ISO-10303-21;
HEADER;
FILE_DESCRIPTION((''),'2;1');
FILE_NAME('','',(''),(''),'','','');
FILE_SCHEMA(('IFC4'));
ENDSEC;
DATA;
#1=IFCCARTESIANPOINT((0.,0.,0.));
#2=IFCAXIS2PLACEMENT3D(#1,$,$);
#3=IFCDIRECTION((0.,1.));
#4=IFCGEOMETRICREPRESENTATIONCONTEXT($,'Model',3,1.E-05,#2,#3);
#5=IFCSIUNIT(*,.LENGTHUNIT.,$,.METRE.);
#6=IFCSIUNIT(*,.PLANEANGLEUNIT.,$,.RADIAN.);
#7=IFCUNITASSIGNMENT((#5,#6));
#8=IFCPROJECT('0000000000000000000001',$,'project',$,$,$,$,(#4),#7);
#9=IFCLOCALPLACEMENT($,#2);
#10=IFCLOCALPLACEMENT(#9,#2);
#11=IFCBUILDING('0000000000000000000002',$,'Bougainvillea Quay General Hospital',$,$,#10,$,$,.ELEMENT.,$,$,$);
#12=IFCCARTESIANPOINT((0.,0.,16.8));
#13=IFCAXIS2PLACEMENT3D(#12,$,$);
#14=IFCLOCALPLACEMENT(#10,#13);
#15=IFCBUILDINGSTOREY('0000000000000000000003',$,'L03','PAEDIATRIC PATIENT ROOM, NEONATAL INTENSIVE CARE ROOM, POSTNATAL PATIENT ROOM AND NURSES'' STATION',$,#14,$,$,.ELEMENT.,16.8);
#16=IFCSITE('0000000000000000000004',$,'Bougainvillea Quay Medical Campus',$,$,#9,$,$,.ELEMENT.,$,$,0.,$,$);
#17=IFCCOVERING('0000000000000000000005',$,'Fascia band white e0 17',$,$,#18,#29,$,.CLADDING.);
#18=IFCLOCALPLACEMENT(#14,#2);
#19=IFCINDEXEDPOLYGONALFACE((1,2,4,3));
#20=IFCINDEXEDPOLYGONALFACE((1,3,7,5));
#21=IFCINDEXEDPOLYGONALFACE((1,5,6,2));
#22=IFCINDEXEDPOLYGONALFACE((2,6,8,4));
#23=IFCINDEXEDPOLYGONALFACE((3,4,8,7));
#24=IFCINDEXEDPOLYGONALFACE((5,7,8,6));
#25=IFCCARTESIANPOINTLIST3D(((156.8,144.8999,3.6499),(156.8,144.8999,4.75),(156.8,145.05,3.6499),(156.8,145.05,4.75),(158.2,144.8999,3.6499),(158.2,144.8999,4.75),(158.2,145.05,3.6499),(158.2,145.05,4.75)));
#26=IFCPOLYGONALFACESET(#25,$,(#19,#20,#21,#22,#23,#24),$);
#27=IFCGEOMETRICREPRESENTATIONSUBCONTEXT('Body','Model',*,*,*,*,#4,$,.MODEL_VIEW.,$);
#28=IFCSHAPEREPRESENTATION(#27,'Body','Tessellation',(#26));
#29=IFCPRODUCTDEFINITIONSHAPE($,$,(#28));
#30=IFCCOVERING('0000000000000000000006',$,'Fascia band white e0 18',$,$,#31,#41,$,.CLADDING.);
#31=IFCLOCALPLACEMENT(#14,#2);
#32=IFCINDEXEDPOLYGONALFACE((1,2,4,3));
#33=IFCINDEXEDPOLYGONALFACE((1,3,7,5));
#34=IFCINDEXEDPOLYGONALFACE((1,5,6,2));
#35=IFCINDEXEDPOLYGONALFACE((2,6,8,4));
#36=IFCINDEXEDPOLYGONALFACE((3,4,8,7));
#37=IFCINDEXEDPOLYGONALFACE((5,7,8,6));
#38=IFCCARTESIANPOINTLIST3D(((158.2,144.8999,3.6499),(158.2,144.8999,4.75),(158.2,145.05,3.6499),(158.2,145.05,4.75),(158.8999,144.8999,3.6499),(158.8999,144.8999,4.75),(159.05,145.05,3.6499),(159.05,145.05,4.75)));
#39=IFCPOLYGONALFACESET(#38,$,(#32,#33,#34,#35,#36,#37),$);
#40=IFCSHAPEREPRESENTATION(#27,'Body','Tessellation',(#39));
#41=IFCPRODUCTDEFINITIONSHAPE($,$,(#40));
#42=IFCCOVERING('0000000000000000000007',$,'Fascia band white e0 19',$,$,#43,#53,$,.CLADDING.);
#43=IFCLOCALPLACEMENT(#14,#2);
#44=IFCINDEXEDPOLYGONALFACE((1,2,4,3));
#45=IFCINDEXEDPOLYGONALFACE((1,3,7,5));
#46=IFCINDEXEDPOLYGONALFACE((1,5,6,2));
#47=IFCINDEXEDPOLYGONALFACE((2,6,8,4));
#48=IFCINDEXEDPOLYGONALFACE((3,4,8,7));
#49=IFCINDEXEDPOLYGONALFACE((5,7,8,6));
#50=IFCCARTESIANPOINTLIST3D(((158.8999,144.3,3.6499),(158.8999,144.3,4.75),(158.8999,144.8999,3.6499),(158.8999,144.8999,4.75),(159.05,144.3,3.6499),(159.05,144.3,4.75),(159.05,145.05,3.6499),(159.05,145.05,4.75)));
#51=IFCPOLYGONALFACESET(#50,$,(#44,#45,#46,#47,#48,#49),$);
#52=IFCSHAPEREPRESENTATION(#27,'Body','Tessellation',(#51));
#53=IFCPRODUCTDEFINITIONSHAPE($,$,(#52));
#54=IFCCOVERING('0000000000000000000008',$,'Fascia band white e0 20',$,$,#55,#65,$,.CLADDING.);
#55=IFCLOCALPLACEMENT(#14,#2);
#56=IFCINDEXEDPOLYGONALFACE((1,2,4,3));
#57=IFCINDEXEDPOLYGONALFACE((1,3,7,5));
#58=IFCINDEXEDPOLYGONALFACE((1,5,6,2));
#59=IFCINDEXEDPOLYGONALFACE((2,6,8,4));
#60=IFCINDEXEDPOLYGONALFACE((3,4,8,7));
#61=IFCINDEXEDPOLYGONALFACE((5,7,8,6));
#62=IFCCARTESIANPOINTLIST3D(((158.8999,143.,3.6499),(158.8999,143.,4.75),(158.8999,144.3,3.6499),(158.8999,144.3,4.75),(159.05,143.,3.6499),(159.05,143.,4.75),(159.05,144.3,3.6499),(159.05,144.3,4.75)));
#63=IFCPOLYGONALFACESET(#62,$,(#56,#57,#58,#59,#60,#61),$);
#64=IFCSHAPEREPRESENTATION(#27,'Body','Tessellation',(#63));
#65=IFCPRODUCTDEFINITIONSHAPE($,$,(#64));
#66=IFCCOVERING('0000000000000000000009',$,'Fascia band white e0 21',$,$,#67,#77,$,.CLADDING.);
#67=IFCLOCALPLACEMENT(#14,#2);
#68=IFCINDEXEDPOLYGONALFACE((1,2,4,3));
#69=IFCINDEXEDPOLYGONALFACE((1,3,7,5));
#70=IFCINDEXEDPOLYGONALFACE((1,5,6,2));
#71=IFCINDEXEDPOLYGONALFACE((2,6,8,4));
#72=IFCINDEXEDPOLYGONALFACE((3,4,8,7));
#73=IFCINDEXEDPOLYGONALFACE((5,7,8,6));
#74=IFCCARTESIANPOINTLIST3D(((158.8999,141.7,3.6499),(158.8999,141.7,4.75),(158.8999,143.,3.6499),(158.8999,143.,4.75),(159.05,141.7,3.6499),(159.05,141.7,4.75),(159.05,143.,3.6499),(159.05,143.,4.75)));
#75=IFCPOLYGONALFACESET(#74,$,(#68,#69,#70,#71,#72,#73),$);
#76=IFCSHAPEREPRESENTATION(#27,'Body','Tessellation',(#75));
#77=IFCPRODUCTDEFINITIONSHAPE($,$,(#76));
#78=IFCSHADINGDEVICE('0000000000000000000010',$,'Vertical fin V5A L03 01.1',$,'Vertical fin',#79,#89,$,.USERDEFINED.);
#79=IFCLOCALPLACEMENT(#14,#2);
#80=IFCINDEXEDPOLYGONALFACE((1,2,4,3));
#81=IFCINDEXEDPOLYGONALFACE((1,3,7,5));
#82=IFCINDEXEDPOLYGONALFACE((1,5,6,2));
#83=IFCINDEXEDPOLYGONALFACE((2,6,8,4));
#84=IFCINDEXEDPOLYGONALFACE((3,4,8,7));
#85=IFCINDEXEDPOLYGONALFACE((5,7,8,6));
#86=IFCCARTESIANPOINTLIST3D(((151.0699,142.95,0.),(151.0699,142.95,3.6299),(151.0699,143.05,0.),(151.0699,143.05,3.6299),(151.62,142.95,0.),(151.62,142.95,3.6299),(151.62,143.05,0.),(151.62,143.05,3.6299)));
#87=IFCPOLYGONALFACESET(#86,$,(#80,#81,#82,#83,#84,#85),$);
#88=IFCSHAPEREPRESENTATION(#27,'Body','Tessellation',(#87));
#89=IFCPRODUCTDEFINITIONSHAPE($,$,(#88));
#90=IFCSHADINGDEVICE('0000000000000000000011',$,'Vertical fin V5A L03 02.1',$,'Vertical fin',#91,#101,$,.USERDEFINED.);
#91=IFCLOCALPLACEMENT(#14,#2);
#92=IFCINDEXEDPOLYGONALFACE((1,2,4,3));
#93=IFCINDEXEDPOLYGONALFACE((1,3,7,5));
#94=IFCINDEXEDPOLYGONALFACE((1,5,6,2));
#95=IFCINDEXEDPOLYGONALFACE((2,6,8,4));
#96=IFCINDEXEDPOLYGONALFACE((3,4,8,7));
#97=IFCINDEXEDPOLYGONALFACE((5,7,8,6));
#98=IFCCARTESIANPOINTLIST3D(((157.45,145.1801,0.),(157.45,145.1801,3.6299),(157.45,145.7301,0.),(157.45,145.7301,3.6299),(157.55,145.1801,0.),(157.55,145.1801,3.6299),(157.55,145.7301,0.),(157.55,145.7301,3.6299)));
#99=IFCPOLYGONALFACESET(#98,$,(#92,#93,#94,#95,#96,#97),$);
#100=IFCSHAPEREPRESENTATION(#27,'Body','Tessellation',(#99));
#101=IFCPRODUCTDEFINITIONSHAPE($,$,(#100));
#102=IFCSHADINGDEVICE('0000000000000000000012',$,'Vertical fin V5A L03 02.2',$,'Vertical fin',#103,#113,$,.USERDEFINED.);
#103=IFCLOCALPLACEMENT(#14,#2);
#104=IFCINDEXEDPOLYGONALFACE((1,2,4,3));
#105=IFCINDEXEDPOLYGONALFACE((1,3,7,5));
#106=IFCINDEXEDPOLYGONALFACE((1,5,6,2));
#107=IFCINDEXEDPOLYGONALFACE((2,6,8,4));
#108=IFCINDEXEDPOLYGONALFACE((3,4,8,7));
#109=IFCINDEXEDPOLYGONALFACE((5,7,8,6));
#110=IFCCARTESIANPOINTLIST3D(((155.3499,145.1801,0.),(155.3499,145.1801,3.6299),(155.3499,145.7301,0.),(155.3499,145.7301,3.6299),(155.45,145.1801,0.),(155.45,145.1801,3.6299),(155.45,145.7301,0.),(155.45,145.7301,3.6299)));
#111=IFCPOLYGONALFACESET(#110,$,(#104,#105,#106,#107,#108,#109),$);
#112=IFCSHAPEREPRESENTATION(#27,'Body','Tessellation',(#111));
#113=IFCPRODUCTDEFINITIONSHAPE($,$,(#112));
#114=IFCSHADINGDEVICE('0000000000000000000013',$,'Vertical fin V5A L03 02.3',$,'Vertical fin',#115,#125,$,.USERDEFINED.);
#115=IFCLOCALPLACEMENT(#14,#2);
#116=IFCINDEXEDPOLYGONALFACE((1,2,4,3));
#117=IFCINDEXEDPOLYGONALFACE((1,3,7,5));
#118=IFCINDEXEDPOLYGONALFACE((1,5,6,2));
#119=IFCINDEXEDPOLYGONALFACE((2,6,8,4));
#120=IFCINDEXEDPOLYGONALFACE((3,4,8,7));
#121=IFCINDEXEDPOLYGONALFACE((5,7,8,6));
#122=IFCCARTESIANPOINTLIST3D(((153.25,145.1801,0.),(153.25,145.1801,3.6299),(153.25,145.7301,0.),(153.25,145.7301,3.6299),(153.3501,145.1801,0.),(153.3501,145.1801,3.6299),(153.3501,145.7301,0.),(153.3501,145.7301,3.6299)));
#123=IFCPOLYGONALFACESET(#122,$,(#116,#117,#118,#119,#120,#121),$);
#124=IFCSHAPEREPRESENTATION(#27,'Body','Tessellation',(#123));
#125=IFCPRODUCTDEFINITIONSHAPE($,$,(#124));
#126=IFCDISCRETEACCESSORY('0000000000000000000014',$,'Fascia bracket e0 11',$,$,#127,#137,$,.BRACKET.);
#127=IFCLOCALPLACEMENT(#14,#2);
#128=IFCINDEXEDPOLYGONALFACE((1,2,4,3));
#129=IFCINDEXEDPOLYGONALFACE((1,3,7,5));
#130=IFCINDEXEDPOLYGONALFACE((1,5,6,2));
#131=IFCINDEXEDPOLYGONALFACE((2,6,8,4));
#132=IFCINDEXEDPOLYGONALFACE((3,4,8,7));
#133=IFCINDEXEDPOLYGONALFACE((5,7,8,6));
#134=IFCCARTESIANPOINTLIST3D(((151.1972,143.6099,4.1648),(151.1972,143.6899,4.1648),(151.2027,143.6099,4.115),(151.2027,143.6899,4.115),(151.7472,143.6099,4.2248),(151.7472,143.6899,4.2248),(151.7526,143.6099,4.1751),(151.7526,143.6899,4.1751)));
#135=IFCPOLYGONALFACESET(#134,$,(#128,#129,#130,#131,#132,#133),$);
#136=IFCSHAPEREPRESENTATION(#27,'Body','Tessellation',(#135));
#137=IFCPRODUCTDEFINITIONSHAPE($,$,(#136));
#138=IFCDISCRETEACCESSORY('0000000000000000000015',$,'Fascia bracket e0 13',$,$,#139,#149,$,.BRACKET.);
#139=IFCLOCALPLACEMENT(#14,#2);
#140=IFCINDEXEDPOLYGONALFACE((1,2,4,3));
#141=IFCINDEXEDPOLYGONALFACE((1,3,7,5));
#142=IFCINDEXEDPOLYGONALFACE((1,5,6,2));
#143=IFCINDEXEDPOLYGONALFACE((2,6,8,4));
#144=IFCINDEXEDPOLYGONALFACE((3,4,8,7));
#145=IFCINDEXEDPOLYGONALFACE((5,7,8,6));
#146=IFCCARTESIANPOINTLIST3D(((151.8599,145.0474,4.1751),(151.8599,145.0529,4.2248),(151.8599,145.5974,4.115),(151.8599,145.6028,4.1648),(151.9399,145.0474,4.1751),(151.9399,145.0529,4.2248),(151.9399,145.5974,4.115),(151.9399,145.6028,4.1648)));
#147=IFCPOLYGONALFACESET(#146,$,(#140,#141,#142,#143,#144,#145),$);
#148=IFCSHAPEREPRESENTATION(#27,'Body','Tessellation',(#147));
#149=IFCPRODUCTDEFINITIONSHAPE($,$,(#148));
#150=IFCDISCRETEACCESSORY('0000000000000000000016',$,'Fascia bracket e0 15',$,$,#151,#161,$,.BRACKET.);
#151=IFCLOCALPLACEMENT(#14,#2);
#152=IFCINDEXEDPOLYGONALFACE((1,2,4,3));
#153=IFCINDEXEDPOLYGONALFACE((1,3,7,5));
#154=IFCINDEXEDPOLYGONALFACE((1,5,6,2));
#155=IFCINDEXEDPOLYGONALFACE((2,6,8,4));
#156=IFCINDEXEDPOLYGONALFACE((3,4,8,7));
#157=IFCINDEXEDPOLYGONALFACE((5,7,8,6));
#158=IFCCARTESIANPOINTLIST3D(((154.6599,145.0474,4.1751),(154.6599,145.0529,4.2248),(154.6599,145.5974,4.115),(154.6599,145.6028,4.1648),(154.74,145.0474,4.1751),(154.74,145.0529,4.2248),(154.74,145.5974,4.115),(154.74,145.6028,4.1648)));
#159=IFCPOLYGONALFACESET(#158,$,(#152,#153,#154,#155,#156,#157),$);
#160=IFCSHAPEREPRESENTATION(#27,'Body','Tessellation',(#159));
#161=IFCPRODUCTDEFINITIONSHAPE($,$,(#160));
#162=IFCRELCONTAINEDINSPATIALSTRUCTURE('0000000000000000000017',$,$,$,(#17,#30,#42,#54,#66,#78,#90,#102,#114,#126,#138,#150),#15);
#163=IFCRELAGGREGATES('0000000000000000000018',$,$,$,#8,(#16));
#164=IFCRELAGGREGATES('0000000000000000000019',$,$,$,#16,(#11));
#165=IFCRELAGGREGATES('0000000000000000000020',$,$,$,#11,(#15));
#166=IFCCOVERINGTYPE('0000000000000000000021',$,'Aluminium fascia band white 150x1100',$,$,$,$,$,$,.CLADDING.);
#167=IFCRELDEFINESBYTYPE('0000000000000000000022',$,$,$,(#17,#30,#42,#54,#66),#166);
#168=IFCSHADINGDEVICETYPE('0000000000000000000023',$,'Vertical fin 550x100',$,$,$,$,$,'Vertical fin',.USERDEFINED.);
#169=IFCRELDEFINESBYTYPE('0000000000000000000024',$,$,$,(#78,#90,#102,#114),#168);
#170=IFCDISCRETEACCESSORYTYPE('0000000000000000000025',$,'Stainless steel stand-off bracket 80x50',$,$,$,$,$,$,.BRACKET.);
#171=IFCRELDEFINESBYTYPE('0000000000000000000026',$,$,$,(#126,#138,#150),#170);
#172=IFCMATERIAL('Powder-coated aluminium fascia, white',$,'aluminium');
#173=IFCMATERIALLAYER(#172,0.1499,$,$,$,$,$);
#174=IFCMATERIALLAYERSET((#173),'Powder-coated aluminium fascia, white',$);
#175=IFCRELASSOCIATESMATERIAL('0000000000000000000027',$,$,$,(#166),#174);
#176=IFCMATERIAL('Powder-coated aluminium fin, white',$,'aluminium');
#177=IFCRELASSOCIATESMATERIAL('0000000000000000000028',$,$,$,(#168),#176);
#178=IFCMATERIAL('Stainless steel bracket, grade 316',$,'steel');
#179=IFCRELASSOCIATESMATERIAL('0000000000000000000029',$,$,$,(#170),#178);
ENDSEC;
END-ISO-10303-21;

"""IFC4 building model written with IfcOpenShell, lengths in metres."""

from ifc_helpers import new_model, si_unit, direction, frame, origin, origin_2d, place, context, subcontext, project, spatial, polyline, rectangle, outline, extrude, material, layer, layer_set, material_profile, profile_set, type_object, element, save


model = new_model("IFC4")

# Units and contexts
model_context = context("Model", 3, precision=1e-05, world=origin(), true_north=direction((0.0, 1.0)))
body_context = subcontext(model_context, "Body", "Model", "MODEL_VIEW")
ifc_project = project(units=[si_unit("LENGTHUNIT", "METRE"), si_unit("PLANEANGLEUNIT", "RADIAN")], contexts=[model_context])

# Site, building, storey
site_placement = place(None, origin())
site = spatial("IfcSite", under=ifc_project, at=site_placement, Name="Bougainvillea Quay Medical Campus", CompositionType="ELEMENT", RefElevation=0.0)
building_placement = place(site_placement, origin())
building = spatial("IfcBuilding", under=site, at=building_placement, Name="Bougainvillea Quay General Hospital", CompositionType="ELEMENT")
storey_placement = place(building_placement, frame((0.0, 0.0, 16.8)))
storey = spatial("IfcBuildingStorey", under=building, at=storey_placement, Name="L03", Description="PAEDIATRIC PATIENT ROOM, NEONATAL INTENSIVE CARE ROOM, POSTNATAL PATIENT ROOM AND NURSES' STATION", CompositionType="ELEMENT", Elevation=16.8)

# Coverings
ifc_material_1 = material(Name="Powder-coated aluminium fascia, white", Category="aluminium")
ifc_layer_1 = layer(ifc_material_1, 0.1499)
ifc_layer_set_1 = layer_set([ifc_layer_1], Name="Powder-coated aluminium fascia, white")
covering_type = type_object("IfcCoveringType", Name="Aluminium fascia band white 150x1100", PredefinedType="CLADDING", material=ifc_layer_set_1)
covering_1_placement = place(storey_placement, frame((156.8, 145.05, 3.6499), z_axis=(0.0, 0.0, 1.0), x_axis=(1.0, 0.0, 0.0)))
element("IfcCovering", 1, at=covering_1_placement, inside=storey, type_object=covering_type, Name="Fascia band white e0 17", PredefinedType="CLADDING", context=body_context, shape_type="SweptSolid", body=[
    extrude(outline(polyline([(0.0, 0.0), (1.3999, 0.0), (1.3999, -0.1501), (0.0, -0.1501), (0.0, 0.0)])), origin(), (0.0, 0.0, 1.0), 1.1001),
])
covering_2_placement = place(storey_placement, frame((158.2, 145.05, 3.6499), z_axis=(0.0, 0.0, 1.0), x_axis=(1.0, 0.0, 0.0)))
element("IfcCovering", 2, at=covering_2_placement, inside=storey, type_object=covering_type, Name="Fascia band white e0 18", PredefinedType="CLADDING", context=body_context, shape_type="SweptSolid", body=[
    extrude(outline(polyline([(0.0, 0.0), (0.8501, 0.0), (0.7, -0.1501), (0.0, -0.1501), (0.0, 0.0)])), origin(), (0.0, 0.0, 1.0), 1.1001),
])
covering_3_placement = place(storey_placement, frame((159.05, 145.05, 3.6499), z_axis=(0.0, 0.0, 1.0), x_axis=(0.0, -1.0, 0.0)))
element("IfcCovering", 3, at=covering_3_placement, inside=storey, type_object=covering_type, Name="Fascia band white e0 19", PredefinedType="CLADDING", context=body_context, shape_type="SweptSolid", body=[
    extrude(outline(polyline([(0.0, 0.0), (0.75, 0.0), (0.75, -0.1501), (0.1501, -0.1501), (0.0, 0.0)])), origin(), (0.0, 0.0, 1.0), 1.1001),
])
for number, where, z_axis, x_axis, name in (
    (4, (159.05, 144.3, 3.6499), (0.0, 0.0, 1.0), (0.0, -1.0, 0.0), "Fascia band white e0 20"),
    (5, (159.05, 143.0, 3.6499), (0.0, 0.0, 1.0), (0.0, -1.0, 0.0), "Fascia band white e0 21"),
):
    element("IfcCovering", number, at=place(storey_placement, frame(where, z_axis=z_axis, x_axis=x_axis)), inside=storey, type_object=covering_type, Name=name, PredefinedType="CLADDING", context=body_context, shape_type="SweptSolid", body=[
        extrude(outline(polyline([(0.0, 0.0), (1.3, 0.0), (1.3, -0.1501), (0.0, -0.1501), (0.0, 0.0)])), origin(), (0.0, 0.0, 1.0), 1.1001),
    ])

# Shading devices
ifc_material_2 = material(Name="Powder-coated aluminium fin, white", Category="aluminium")
ifc_material_profile_1 = material_profile(ifc_material_2, rectangle(XDim=0.55, YDim=0.1001, at=origin_2d()))
ifc_profile_set_1 = profile_set([ifc_material_profile_1], Name="Powder-coated aluminium fin, white")
shading_device_type = type_object("IfcShadingDeviceType", Name="Vertical fin 550x100", ElementType="Vertical fin", PredefinedType="USERDEFINED", material=ifc_profile_set_1)
for number, where, z_axis, x_axis, name in (
    (6, (151.345, 143.0, 0.0), (0.0, 0.0, 1.0), (1.0, 0.0, 0.0), "Vertical fin V5A L03 01.1"),
    (7, (157.5, 145.4551, 0.0), (0.0, 0.0, 1.0), (0.0, -1.0, 0.0), "Vertical fin V5A L03 02.1"),
    (8, (155.3999, 145.4551, 0.0), (0.0, 0.0, 1.0), (0.0, -1.0, 0.0), "Vertical fin V5A L03 02.2"),
    (9, (153.3, 145.4551, 0.0), (0.0, 0.0, 1.0), (0.0, -1.0, 0.0), "Vertical fin V5A L03 02.3"),
):
    element("IfcShadingDevice", number, at=place(storey_placement, frame(where, z_axis=z_axis, x_axis=x_axis)), inside=storey, type_object=shading_device_type, Name=name, ObjectType="Vertical fin", PredefinedType="USERDEFINED", context=body_context, shape_type="SweptSolid", body=[
        extrude(rectangle(XDim=0.55, YDim=0.1001, at=origin_2d()), origin(), (0.0, 0.0, 1.0), 3.6299),
    ])

# Discrete accessories
ifc_material_3 = material(Name="Stainless steel bracket, grade 316", Category="steel")
ifc_material_profile_2 = material_profile(ifc_material_3, rectangle(XDim=0.0801, YDim=0.05, at=origin_2d()))
ifc_profile_set_2 = profile_set([ifc_material_profile_2], Name="Stainless steel bracket, grade 316")
discrete_accessory_type = type_object("IfcDiscreteAccessoryType", Name="Stainless steel stand-off bracket 80x50", PredefinedType="BRACKET", material=ifc_profile_set_2)
for number, where, z_axis, x_axis, name in (
    (10, (151.2, 143.6499, 4.1399), (0.994092, 0.0, 0.108543), (0.0, 1.0, 0.0), "Fascia bracket e0 11"),
    (11, (151.8999, 145.6001, 4.1399), (0.0, -0.994092, 0.108543), (1.0, 0.0, 0.0), "Fascia bracket e0 13"),
    (12, (154.7, 145.6001, 4.1399), (0.0, -0.994092, 0.108543), (1.0, 0.0, 0.0), "Fascia bracket e0 15"),
):
    element("IfcDiscreteAccessory", number, at=place(storey_placement, frame(where, z_axis=z_axis, x_axis=x_axis)), inside=storey, type_object=discrete_accessory_type, Name=name, PredefinedType="BRACKET", context=body_context, shape_type="SweptSolid", body=[
        extrude(rectangle(XDim=0.0801, YDim=0.05, at=origin_2d()), origin(), (0.0, 0.0, 1.0), 0.5532),
    ])

save(model, "model.ifc")
